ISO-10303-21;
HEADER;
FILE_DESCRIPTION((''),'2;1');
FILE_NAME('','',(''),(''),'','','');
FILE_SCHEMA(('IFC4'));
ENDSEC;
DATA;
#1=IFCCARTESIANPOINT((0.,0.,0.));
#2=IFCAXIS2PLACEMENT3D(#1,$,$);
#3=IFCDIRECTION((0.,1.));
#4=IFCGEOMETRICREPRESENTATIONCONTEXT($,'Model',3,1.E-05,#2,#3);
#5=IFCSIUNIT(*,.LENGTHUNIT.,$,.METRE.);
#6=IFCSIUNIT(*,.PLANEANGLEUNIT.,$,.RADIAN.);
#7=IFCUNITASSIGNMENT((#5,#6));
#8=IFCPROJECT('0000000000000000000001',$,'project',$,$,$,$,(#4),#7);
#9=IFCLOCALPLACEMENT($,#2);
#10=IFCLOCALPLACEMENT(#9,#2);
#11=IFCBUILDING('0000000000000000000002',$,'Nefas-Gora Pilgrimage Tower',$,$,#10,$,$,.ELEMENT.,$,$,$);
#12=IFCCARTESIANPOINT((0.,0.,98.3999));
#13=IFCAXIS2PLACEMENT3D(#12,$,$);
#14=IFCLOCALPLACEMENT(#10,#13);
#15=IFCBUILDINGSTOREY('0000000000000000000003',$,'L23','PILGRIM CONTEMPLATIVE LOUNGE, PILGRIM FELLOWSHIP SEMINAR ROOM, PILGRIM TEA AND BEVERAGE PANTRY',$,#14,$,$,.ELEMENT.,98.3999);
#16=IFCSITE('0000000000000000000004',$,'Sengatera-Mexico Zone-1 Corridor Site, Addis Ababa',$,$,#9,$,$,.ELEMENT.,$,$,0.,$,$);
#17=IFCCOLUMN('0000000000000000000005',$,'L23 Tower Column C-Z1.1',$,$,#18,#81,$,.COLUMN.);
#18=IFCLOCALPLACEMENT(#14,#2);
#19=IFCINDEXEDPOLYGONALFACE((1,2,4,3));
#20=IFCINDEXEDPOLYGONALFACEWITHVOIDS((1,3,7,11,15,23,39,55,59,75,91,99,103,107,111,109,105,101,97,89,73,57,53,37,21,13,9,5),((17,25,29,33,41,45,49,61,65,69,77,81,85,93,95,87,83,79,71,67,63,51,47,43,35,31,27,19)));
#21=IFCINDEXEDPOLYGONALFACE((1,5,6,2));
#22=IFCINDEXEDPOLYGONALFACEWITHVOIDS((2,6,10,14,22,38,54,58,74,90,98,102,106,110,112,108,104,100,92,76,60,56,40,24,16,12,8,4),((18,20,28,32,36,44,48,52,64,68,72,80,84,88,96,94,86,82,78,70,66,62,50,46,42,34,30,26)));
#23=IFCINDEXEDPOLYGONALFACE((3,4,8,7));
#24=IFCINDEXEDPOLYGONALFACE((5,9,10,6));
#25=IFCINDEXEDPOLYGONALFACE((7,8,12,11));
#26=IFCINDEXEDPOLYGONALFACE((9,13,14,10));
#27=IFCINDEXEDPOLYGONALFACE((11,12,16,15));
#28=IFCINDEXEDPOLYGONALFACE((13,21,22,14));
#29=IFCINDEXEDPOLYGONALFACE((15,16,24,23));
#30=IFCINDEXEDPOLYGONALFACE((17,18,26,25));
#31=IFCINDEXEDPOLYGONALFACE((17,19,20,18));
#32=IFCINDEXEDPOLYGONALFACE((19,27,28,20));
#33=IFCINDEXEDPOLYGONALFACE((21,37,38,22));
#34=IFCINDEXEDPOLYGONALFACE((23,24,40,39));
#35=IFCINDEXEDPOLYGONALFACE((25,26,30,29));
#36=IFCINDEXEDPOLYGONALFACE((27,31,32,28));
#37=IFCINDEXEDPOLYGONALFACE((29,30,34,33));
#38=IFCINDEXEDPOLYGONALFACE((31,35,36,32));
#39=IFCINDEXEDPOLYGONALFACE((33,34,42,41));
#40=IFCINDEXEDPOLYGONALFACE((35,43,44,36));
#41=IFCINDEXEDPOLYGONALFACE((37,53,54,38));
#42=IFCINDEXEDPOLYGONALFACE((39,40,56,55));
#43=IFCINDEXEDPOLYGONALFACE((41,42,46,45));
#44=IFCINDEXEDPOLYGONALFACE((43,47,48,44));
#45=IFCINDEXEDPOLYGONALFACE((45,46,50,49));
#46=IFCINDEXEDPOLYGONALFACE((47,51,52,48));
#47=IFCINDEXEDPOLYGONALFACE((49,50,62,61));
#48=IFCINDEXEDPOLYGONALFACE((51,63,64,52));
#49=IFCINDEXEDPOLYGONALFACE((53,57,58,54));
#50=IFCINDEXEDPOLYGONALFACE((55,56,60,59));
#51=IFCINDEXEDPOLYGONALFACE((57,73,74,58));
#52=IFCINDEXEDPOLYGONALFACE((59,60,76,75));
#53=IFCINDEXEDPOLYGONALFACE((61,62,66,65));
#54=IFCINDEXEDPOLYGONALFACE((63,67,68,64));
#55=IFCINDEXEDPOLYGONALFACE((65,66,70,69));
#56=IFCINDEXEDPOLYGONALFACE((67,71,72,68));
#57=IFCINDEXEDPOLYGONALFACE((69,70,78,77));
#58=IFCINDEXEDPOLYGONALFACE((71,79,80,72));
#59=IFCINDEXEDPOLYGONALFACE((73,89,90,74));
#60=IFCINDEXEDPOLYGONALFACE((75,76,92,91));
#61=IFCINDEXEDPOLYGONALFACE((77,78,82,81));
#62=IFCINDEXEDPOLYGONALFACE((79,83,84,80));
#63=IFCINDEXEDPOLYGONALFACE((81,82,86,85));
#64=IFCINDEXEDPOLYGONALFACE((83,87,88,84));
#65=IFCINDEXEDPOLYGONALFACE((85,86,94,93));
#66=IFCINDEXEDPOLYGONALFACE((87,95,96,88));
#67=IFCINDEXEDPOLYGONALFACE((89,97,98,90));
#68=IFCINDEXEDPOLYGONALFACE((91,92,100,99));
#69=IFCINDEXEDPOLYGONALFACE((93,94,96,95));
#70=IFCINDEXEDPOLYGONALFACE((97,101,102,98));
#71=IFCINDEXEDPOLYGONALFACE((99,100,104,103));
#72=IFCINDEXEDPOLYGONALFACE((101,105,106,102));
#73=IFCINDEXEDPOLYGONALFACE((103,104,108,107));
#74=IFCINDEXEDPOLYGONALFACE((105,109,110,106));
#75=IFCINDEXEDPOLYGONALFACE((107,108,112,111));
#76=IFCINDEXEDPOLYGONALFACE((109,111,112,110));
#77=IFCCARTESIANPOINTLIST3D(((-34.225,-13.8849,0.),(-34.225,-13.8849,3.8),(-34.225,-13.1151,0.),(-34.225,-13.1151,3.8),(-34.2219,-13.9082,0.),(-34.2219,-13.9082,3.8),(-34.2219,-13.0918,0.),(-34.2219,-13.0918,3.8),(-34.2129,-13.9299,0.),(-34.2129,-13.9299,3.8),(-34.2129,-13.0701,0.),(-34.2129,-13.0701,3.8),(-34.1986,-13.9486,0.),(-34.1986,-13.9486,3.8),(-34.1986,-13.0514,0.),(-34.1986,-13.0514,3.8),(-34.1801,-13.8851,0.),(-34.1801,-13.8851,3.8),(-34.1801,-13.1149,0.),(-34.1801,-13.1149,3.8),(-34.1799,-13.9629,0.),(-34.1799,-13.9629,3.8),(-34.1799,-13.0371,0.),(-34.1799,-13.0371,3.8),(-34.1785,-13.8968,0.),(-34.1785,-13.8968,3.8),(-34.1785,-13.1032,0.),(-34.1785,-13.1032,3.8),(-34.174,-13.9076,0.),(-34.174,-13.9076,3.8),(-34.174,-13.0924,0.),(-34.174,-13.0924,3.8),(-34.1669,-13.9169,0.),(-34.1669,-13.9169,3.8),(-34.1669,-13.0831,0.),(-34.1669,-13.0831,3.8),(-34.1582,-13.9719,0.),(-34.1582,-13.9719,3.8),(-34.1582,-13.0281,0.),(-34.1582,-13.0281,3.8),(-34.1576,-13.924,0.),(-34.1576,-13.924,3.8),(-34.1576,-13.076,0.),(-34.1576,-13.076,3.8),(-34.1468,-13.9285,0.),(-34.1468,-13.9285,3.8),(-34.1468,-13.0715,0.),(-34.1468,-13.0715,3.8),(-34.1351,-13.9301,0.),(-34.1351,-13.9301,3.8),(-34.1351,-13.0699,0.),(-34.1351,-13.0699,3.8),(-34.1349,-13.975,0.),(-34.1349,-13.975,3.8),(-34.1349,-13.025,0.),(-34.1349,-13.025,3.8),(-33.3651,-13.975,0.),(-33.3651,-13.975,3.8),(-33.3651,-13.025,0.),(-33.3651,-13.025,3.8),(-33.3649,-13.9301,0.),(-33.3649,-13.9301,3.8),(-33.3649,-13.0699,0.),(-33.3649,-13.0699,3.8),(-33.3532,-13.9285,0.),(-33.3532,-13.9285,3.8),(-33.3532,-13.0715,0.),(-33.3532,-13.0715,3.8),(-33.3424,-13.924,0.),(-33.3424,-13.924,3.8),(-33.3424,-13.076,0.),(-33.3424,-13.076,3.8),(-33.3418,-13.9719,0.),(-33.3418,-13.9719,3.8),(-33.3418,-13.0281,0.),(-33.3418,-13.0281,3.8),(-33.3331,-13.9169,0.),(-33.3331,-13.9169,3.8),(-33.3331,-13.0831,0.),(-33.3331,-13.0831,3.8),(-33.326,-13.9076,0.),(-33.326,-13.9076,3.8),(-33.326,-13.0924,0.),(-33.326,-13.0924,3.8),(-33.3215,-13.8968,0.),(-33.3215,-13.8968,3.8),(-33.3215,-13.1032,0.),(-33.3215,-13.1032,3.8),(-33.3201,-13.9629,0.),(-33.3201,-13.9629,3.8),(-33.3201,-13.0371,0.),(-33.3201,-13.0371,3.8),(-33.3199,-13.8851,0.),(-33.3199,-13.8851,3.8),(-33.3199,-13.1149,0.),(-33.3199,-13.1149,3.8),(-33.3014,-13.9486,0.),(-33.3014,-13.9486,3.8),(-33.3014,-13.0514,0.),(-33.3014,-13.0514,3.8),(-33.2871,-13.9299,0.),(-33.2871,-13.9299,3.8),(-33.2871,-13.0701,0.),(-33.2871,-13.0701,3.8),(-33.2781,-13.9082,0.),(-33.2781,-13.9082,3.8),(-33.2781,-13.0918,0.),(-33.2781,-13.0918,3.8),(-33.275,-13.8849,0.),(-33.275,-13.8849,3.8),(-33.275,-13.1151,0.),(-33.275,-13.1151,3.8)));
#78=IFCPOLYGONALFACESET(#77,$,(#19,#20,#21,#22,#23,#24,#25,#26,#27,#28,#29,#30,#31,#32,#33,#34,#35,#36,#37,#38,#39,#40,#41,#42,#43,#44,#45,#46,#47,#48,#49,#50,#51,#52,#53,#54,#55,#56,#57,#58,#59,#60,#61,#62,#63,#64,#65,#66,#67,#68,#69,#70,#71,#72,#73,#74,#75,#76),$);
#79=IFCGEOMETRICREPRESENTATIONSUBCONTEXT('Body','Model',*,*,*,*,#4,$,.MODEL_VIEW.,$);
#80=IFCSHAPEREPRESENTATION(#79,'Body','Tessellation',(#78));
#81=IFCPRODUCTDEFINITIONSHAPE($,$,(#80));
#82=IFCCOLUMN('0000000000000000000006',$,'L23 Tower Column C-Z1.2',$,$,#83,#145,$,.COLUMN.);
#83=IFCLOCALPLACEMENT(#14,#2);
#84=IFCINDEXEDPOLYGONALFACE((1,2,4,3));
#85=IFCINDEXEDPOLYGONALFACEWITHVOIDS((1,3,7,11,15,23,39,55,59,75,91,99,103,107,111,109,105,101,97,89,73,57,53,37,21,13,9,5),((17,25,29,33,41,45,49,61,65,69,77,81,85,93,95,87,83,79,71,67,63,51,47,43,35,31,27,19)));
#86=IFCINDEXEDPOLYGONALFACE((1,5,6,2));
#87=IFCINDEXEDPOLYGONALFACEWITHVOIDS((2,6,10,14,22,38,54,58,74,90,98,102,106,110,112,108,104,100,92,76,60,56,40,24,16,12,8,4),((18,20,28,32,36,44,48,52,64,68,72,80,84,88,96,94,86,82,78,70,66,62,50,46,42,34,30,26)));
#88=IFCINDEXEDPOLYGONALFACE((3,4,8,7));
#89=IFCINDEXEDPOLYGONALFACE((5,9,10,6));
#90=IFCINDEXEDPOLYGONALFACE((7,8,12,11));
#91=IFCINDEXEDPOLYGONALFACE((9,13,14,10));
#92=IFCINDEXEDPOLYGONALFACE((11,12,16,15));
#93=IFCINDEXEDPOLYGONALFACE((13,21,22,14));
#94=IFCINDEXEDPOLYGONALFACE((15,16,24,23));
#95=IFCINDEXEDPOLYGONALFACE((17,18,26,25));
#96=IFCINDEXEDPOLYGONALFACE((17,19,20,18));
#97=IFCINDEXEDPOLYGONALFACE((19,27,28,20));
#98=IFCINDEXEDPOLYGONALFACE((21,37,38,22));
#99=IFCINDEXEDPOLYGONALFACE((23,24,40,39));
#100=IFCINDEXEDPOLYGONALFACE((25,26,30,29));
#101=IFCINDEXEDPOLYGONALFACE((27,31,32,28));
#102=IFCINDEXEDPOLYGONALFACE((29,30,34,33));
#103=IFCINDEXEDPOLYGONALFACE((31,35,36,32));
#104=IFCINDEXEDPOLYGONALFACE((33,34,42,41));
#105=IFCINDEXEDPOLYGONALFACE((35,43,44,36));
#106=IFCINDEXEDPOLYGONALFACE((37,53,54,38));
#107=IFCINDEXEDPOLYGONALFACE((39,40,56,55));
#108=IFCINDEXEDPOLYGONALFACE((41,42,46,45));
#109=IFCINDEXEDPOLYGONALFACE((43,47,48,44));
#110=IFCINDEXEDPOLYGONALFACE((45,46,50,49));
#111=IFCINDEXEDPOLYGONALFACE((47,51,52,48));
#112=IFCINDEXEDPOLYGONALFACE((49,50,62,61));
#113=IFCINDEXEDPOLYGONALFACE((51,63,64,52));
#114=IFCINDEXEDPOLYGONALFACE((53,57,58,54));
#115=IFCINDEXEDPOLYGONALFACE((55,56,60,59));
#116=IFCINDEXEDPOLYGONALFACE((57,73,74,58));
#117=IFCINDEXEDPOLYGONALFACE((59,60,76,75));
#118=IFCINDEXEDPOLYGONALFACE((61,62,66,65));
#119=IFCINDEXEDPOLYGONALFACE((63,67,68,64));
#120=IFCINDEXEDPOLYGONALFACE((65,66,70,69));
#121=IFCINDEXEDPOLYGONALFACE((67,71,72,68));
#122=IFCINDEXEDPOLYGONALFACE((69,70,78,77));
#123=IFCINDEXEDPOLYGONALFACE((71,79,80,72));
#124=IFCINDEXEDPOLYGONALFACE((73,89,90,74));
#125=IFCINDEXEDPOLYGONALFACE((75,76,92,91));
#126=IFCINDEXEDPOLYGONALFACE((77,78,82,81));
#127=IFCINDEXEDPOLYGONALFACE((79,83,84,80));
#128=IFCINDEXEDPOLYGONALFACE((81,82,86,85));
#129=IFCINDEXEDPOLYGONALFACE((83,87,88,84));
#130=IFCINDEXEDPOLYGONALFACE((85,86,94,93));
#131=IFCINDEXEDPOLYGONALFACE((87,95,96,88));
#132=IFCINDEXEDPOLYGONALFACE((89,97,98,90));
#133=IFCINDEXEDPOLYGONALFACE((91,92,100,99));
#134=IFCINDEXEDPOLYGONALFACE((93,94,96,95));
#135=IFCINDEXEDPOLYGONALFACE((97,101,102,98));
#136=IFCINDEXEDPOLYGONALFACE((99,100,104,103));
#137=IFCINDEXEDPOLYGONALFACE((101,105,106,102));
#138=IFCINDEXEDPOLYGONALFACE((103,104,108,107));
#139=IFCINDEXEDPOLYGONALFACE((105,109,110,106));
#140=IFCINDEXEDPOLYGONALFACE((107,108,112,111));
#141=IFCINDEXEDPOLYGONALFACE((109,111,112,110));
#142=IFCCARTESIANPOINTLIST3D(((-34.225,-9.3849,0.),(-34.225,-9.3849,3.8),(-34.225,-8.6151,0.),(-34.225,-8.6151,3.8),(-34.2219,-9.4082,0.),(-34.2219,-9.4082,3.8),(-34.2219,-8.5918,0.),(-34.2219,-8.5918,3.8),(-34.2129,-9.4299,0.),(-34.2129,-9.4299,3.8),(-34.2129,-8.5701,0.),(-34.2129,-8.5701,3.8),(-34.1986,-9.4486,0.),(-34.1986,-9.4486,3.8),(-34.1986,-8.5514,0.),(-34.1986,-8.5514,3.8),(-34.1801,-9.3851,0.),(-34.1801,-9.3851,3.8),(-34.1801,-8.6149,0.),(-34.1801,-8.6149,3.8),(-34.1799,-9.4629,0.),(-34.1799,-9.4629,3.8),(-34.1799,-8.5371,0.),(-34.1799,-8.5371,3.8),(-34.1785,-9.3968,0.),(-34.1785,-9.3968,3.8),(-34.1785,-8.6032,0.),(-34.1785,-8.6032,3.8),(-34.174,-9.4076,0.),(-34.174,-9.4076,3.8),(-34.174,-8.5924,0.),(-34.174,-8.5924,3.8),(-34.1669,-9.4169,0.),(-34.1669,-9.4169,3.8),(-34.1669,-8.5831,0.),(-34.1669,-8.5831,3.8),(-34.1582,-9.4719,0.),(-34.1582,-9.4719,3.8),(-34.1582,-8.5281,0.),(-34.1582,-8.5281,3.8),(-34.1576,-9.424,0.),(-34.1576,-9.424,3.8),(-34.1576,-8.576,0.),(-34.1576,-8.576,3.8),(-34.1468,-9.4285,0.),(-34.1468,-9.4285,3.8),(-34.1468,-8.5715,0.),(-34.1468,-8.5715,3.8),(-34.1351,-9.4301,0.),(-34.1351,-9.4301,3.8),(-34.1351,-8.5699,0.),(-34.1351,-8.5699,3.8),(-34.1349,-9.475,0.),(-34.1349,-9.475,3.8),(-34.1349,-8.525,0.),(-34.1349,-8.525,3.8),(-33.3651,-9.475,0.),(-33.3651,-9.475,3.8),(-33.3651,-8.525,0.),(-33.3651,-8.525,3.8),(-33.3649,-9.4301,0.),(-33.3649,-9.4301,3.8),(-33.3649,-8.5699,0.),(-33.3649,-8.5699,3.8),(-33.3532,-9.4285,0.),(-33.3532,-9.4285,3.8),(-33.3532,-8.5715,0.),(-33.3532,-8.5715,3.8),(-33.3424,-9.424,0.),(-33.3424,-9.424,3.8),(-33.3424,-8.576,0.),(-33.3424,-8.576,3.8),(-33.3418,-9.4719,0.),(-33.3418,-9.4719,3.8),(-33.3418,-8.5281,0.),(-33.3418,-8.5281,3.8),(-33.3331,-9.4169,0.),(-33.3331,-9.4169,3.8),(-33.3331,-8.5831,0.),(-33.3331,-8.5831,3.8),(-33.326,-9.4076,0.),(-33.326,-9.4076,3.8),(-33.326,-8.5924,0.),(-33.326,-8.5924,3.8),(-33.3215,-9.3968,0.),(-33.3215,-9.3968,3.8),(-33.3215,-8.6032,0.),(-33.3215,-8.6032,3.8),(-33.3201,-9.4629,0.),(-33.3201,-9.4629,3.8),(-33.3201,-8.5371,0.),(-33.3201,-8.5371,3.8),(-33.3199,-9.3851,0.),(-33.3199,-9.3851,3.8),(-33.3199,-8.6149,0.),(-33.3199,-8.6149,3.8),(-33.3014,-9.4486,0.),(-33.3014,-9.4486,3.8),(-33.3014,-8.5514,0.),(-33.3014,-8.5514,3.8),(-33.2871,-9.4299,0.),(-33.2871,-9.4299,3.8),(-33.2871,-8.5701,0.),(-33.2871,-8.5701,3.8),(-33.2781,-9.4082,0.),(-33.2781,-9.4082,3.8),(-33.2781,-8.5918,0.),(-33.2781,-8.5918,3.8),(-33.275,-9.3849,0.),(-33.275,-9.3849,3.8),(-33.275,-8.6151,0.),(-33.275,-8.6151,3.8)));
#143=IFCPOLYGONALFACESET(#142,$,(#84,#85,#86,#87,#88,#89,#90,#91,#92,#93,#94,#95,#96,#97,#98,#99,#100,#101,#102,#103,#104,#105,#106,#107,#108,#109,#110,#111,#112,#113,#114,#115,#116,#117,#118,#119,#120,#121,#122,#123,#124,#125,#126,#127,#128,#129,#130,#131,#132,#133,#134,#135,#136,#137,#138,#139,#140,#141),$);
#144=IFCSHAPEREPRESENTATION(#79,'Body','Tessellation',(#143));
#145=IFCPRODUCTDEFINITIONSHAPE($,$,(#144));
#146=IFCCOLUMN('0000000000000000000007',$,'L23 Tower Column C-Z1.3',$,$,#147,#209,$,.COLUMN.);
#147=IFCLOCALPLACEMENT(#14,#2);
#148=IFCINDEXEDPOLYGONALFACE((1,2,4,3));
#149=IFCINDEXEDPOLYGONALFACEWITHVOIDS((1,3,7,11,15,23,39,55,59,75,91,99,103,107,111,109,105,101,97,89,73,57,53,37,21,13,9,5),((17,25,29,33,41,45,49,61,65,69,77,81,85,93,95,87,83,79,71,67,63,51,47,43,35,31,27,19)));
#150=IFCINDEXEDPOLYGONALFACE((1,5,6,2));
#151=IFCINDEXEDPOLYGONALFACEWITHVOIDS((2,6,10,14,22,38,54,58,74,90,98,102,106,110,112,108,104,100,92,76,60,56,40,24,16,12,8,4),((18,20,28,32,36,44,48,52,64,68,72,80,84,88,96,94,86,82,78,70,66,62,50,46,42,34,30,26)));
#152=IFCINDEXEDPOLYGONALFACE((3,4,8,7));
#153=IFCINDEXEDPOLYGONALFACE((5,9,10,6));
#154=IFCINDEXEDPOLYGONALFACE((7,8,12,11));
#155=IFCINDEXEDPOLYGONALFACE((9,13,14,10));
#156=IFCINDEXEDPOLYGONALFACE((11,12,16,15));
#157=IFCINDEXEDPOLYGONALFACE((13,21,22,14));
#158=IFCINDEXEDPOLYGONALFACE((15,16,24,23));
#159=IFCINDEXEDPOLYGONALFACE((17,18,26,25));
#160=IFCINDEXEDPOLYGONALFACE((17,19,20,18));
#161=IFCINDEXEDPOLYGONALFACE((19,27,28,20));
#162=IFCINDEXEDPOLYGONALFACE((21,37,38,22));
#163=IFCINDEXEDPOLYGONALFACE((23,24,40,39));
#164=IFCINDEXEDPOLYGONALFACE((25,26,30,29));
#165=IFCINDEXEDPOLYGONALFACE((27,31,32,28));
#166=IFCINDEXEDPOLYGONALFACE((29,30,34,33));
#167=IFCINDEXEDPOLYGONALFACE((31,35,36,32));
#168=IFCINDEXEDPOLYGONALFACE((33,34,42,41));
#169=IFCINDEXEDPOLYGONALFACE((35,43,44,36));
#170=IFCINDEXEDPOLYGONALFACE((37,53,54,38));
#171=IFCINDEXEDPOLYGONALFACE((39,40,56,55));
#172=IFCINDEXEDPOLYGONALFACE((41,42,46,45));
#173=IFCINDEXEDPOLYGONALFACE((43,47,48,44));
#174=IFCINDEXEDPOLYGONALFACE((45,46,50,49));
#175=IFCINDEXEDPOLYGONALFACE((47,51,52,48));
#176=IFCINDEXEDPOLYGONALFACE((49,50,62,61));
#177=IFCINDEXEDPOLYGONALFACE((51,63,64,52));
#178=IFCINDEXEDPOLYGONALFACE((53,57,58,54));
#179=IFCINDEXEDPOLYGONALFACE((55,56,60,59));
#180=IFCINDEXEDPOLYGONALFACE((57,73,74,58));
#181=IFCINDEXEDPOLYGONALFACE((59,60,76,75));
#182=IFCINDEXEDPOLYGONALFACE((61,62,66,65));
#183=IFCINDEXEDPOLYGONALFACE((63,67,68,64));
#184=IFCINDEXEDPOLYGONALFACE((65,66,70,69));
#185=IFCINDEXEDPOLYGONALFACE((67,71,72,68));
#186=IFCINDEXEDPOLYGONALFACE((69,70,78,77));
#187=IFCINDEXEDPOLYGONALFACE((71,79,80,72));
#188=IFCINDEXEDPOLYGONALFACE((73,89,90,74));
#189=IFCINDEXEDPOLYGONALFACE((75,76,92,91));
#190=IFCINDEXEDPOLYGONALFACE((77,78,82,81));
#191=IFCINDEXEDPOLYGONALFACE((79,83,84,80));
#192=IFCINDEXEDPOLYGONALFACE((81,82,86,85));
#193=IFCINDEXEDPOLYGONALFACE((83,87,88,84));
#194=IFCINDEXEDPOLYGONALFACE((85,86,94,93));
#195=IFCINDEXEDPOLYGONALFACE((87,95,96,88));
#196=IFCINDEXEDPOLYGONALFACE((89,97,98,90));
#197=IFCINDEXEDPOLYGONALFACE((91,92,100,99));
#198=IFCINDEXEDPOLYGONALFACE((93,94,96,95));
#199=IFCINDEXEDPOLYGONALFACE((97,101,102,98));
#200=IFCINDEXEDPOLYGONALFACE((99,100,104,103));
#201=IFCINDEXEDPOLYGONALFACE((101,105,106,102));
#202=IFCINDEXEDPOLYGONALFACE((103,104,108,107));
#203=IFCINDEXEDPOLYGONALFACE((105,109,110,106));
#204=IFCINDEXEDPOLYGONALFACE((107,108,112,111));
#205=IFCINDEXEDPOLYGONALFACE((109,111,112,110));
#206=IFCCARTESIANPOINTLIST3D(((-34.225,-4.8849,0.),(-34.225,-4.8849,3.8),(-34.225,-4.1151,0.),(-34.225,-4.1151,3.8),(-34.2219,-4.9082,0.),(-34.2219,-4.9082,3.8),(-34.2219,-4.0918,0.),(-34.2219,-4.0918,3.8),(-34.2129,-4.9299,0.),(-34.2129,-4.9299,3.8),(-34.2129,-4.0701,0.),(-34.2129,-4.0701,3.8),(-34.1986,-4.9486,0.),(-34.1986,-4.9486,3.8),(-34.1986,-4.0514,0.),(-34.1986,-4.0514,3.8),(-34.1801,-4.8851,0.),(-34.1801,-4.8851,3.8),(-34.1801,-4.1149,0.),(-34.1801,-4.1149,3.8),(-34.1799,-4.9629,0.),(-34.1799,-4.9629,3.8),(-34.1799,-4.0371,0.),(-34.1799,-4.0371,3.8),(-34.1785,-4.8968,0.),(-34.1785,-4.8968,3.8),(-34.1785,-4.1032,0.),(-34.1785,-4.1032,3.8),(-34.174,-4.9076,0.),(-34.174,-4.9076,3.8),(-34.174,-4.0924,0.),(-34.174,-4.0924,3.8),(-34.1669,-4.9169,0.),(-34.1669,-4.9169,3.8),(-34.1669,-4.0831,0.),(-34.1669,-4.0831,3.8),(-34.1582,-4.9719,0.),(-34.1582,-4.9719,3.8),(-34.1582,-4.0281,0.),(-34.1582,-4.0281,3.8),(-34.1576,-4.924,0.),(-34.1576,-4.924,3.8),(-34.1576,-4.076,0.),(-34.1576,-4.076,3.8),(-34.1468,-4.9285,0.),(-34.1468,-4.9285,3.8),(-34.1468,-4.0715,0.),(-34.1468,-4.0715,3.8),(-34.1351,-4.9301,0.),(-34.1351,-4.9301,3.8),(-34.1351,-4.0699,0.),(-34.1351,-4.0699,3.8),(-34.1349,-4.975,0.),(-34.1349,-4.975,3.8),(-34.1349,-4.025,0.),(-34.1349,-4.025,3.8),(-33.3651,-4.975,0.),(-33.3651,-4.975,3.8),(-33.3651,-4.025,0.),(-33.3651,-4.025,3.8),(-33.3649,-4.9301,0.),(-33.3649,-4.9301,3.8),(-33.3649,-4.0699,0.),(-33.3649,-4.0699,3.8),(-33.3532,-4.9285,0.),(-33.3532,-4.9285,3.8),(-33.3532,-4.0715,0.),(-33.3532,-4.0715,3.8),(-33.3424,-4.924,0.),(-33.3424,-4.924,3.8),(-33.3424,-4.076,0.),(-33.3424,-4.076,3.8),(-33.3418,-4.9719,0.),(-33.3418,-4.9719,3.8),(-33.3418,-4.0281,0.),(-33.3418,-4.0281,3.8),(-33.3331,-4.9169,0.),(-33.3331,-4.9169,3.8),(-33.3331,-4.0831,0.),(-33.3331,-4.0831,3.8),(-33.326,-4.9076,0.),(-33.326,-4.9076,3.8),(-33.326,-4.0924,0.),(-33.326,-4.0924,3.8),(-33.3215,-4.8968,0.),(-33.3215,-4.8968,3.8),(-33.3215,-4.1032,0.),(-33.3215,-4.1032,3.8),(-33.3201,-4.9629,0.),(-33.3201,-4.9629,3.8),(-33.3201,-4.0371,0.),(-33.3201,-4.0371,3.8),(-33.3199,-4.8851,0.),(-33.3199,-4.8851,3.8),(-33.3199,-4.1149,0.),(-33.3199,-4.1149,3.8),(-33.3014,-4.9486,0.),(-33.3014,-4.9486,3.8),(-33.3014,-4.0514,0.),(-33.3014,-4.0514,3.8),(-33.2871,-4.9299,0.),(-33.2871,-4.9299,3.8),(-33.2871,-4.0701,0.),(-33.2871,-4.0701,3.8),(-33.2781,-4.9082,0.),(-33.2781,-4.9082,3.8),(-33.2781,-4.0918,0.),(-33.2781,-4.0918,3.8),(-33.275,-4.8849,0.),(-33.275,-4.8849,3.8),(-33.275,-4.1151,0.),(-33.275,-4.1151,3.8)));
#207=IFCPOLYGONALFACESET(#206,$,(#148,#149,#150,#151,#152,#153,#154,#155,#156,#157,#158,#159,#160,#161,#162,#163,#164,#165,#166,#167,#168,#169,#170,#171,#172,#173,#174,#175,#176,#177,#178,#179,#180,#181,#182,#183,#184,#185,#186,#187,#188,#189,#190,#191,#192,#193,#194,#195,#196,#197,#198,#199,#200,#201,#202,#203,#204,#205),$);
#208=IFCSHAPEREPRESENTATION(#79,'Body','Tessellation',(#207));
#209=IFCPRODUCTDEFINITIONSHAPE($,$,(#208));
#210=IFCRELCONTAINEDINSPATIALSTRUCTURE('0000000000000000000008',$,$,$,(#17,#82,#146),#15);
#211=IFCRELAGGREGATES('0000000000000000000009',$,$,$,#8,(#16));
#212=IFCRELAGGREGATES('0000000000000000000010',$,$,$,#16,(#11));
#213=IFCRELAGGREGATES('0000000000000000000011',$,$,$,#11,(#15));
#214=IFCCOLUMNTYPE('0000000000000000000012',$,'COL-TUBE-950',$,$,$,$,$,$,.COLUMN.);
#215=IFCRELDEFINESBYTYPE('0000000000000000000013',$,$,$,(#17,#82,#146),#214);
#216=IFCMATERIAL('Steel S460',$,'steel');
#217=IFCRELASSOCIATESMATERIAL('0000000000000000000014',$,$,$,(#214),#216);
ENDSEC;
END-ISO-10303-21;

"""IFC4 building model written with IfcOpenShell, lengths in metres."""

from ifc_helpers import new_model, si_unit, direction, frame, origin, origin_2d, place, context, subcontext, project, spatial, hollow_rectangle, extrude, source, transform, mapped, material, material_profile, profile_set, type_object, element, save


model = new_model("IFC4")

# Units and contexts
model_context = context("Model", 3, precision=1e-05, world=origin(), true_north=direction((0.0, 1.0)))
body_context = subcontext(model_context, "Body", "Model", "MODEL_VIEW")
ifc_project = project(units=[si_unit("LENGTHUNIT", "METRE"), si_unit("PLANEANGLEUNIT", "RADIAN")], contexts=[model_context])

# Site, building, storey
site_placement = place(None, origin())
site = spatial("IfcSite", under=ifc_project, at=site_placement, Name="Sengatera-Mexico Zone-1 Corridor Site, Addis Ababa", CompositionType="ELEMENT", RefElevation=0.0)
building_placement = place(site_placement, origin())
building = spatial("IfcBuilding", under=site, at=building_placement, Name="Nefas-Gora Pilgrimage Tower", CompositionType="ELEMENT")
storey_placement = place(building_placement, frame((0.0, 0.0, 98.3999)))
storey = spatial("IfcBuildingStorey", under=building, at=storey_placement, Name="L23", Description="PILGRIM CONTEMPLATIVE LOUNGE, PILGRIM FELLOWSHIP SEMINAR ROOM, PILGRIM TEA AND BEVERAGE PANTRY", CompositionType="ELEMENT", Elevation=98.3999)

# Columns
ifc_material_1 = material(Name="Steel S460", Category="steel")
ifc_material_profile_1 = material_profile(ifc_material_1, hollow_rectangle(XDim=0.95, YDim=0.95, WallThickness=0.0449, InnerFilletRadius=0.0449, OuterFilletRadius=0.0901, at=origin_2d()), Name="BOX 950x950x45")
ifc_profile_set_1 = profile_set([ifc_material_profile_1], Name="Steel S460")
column_type_1 = type_object("IfcColumnType", Name="COL-TUBE-950", PredefinedType="COLUMN", material=ifc_profile_set_1)
shared_shape_1 = source(origin(), body_context, "Body", "SweptSolid", [
    extrude(hollow_rectangle(XDim=0.95, YDim=0.95, WallThickness=0.0449, InnerFilletRadius=0.0449, OuterFilletRadius=0.0901, at=origin_2d()), origin(), (0.0, 0.0, 1.0), 3.8),
])
for number, where, z_axis, x_axis, name in (
    (1, (-33.75, -13.5, 0.0), (0.0, 0.0, 1.0), (1.0, 0.0, 0.0), "L23 Tower Column C-Z1.1"),
    (2, (-33.75, -9.0, 0.0), (0.0, 0.0, 1.0), (1.0, 0.0, 0.0), "L23 Tower Column C-Z1.2"),
    (3, (-33.75, -4.5, 0.0), (0.0, 0.0, 1.0), (1.0, 0.0, 0.0), "L23 Tower Column C-Z1.3"),
):
    element("IfcColumn", number, at=place(storey_placement, frame(where, z_axis=z_axis, x_axis=x_axis)), inside=storey, type_object=column_type_1, Name=name, PredefinedType="COLUMN", context=body_context, shape_type="MappedRepresentation", body=[
        mapped(shared_shape_1, transform((0.0, 0.0, 0.0), x_axis=(1.0, 0.0, 0.0), y_axis=(0.0, 1.0, 0.0), z_axis=(0.0, 0.0, 1.0), scale=1.0)),
    ])

save(model, "model.ifc")
